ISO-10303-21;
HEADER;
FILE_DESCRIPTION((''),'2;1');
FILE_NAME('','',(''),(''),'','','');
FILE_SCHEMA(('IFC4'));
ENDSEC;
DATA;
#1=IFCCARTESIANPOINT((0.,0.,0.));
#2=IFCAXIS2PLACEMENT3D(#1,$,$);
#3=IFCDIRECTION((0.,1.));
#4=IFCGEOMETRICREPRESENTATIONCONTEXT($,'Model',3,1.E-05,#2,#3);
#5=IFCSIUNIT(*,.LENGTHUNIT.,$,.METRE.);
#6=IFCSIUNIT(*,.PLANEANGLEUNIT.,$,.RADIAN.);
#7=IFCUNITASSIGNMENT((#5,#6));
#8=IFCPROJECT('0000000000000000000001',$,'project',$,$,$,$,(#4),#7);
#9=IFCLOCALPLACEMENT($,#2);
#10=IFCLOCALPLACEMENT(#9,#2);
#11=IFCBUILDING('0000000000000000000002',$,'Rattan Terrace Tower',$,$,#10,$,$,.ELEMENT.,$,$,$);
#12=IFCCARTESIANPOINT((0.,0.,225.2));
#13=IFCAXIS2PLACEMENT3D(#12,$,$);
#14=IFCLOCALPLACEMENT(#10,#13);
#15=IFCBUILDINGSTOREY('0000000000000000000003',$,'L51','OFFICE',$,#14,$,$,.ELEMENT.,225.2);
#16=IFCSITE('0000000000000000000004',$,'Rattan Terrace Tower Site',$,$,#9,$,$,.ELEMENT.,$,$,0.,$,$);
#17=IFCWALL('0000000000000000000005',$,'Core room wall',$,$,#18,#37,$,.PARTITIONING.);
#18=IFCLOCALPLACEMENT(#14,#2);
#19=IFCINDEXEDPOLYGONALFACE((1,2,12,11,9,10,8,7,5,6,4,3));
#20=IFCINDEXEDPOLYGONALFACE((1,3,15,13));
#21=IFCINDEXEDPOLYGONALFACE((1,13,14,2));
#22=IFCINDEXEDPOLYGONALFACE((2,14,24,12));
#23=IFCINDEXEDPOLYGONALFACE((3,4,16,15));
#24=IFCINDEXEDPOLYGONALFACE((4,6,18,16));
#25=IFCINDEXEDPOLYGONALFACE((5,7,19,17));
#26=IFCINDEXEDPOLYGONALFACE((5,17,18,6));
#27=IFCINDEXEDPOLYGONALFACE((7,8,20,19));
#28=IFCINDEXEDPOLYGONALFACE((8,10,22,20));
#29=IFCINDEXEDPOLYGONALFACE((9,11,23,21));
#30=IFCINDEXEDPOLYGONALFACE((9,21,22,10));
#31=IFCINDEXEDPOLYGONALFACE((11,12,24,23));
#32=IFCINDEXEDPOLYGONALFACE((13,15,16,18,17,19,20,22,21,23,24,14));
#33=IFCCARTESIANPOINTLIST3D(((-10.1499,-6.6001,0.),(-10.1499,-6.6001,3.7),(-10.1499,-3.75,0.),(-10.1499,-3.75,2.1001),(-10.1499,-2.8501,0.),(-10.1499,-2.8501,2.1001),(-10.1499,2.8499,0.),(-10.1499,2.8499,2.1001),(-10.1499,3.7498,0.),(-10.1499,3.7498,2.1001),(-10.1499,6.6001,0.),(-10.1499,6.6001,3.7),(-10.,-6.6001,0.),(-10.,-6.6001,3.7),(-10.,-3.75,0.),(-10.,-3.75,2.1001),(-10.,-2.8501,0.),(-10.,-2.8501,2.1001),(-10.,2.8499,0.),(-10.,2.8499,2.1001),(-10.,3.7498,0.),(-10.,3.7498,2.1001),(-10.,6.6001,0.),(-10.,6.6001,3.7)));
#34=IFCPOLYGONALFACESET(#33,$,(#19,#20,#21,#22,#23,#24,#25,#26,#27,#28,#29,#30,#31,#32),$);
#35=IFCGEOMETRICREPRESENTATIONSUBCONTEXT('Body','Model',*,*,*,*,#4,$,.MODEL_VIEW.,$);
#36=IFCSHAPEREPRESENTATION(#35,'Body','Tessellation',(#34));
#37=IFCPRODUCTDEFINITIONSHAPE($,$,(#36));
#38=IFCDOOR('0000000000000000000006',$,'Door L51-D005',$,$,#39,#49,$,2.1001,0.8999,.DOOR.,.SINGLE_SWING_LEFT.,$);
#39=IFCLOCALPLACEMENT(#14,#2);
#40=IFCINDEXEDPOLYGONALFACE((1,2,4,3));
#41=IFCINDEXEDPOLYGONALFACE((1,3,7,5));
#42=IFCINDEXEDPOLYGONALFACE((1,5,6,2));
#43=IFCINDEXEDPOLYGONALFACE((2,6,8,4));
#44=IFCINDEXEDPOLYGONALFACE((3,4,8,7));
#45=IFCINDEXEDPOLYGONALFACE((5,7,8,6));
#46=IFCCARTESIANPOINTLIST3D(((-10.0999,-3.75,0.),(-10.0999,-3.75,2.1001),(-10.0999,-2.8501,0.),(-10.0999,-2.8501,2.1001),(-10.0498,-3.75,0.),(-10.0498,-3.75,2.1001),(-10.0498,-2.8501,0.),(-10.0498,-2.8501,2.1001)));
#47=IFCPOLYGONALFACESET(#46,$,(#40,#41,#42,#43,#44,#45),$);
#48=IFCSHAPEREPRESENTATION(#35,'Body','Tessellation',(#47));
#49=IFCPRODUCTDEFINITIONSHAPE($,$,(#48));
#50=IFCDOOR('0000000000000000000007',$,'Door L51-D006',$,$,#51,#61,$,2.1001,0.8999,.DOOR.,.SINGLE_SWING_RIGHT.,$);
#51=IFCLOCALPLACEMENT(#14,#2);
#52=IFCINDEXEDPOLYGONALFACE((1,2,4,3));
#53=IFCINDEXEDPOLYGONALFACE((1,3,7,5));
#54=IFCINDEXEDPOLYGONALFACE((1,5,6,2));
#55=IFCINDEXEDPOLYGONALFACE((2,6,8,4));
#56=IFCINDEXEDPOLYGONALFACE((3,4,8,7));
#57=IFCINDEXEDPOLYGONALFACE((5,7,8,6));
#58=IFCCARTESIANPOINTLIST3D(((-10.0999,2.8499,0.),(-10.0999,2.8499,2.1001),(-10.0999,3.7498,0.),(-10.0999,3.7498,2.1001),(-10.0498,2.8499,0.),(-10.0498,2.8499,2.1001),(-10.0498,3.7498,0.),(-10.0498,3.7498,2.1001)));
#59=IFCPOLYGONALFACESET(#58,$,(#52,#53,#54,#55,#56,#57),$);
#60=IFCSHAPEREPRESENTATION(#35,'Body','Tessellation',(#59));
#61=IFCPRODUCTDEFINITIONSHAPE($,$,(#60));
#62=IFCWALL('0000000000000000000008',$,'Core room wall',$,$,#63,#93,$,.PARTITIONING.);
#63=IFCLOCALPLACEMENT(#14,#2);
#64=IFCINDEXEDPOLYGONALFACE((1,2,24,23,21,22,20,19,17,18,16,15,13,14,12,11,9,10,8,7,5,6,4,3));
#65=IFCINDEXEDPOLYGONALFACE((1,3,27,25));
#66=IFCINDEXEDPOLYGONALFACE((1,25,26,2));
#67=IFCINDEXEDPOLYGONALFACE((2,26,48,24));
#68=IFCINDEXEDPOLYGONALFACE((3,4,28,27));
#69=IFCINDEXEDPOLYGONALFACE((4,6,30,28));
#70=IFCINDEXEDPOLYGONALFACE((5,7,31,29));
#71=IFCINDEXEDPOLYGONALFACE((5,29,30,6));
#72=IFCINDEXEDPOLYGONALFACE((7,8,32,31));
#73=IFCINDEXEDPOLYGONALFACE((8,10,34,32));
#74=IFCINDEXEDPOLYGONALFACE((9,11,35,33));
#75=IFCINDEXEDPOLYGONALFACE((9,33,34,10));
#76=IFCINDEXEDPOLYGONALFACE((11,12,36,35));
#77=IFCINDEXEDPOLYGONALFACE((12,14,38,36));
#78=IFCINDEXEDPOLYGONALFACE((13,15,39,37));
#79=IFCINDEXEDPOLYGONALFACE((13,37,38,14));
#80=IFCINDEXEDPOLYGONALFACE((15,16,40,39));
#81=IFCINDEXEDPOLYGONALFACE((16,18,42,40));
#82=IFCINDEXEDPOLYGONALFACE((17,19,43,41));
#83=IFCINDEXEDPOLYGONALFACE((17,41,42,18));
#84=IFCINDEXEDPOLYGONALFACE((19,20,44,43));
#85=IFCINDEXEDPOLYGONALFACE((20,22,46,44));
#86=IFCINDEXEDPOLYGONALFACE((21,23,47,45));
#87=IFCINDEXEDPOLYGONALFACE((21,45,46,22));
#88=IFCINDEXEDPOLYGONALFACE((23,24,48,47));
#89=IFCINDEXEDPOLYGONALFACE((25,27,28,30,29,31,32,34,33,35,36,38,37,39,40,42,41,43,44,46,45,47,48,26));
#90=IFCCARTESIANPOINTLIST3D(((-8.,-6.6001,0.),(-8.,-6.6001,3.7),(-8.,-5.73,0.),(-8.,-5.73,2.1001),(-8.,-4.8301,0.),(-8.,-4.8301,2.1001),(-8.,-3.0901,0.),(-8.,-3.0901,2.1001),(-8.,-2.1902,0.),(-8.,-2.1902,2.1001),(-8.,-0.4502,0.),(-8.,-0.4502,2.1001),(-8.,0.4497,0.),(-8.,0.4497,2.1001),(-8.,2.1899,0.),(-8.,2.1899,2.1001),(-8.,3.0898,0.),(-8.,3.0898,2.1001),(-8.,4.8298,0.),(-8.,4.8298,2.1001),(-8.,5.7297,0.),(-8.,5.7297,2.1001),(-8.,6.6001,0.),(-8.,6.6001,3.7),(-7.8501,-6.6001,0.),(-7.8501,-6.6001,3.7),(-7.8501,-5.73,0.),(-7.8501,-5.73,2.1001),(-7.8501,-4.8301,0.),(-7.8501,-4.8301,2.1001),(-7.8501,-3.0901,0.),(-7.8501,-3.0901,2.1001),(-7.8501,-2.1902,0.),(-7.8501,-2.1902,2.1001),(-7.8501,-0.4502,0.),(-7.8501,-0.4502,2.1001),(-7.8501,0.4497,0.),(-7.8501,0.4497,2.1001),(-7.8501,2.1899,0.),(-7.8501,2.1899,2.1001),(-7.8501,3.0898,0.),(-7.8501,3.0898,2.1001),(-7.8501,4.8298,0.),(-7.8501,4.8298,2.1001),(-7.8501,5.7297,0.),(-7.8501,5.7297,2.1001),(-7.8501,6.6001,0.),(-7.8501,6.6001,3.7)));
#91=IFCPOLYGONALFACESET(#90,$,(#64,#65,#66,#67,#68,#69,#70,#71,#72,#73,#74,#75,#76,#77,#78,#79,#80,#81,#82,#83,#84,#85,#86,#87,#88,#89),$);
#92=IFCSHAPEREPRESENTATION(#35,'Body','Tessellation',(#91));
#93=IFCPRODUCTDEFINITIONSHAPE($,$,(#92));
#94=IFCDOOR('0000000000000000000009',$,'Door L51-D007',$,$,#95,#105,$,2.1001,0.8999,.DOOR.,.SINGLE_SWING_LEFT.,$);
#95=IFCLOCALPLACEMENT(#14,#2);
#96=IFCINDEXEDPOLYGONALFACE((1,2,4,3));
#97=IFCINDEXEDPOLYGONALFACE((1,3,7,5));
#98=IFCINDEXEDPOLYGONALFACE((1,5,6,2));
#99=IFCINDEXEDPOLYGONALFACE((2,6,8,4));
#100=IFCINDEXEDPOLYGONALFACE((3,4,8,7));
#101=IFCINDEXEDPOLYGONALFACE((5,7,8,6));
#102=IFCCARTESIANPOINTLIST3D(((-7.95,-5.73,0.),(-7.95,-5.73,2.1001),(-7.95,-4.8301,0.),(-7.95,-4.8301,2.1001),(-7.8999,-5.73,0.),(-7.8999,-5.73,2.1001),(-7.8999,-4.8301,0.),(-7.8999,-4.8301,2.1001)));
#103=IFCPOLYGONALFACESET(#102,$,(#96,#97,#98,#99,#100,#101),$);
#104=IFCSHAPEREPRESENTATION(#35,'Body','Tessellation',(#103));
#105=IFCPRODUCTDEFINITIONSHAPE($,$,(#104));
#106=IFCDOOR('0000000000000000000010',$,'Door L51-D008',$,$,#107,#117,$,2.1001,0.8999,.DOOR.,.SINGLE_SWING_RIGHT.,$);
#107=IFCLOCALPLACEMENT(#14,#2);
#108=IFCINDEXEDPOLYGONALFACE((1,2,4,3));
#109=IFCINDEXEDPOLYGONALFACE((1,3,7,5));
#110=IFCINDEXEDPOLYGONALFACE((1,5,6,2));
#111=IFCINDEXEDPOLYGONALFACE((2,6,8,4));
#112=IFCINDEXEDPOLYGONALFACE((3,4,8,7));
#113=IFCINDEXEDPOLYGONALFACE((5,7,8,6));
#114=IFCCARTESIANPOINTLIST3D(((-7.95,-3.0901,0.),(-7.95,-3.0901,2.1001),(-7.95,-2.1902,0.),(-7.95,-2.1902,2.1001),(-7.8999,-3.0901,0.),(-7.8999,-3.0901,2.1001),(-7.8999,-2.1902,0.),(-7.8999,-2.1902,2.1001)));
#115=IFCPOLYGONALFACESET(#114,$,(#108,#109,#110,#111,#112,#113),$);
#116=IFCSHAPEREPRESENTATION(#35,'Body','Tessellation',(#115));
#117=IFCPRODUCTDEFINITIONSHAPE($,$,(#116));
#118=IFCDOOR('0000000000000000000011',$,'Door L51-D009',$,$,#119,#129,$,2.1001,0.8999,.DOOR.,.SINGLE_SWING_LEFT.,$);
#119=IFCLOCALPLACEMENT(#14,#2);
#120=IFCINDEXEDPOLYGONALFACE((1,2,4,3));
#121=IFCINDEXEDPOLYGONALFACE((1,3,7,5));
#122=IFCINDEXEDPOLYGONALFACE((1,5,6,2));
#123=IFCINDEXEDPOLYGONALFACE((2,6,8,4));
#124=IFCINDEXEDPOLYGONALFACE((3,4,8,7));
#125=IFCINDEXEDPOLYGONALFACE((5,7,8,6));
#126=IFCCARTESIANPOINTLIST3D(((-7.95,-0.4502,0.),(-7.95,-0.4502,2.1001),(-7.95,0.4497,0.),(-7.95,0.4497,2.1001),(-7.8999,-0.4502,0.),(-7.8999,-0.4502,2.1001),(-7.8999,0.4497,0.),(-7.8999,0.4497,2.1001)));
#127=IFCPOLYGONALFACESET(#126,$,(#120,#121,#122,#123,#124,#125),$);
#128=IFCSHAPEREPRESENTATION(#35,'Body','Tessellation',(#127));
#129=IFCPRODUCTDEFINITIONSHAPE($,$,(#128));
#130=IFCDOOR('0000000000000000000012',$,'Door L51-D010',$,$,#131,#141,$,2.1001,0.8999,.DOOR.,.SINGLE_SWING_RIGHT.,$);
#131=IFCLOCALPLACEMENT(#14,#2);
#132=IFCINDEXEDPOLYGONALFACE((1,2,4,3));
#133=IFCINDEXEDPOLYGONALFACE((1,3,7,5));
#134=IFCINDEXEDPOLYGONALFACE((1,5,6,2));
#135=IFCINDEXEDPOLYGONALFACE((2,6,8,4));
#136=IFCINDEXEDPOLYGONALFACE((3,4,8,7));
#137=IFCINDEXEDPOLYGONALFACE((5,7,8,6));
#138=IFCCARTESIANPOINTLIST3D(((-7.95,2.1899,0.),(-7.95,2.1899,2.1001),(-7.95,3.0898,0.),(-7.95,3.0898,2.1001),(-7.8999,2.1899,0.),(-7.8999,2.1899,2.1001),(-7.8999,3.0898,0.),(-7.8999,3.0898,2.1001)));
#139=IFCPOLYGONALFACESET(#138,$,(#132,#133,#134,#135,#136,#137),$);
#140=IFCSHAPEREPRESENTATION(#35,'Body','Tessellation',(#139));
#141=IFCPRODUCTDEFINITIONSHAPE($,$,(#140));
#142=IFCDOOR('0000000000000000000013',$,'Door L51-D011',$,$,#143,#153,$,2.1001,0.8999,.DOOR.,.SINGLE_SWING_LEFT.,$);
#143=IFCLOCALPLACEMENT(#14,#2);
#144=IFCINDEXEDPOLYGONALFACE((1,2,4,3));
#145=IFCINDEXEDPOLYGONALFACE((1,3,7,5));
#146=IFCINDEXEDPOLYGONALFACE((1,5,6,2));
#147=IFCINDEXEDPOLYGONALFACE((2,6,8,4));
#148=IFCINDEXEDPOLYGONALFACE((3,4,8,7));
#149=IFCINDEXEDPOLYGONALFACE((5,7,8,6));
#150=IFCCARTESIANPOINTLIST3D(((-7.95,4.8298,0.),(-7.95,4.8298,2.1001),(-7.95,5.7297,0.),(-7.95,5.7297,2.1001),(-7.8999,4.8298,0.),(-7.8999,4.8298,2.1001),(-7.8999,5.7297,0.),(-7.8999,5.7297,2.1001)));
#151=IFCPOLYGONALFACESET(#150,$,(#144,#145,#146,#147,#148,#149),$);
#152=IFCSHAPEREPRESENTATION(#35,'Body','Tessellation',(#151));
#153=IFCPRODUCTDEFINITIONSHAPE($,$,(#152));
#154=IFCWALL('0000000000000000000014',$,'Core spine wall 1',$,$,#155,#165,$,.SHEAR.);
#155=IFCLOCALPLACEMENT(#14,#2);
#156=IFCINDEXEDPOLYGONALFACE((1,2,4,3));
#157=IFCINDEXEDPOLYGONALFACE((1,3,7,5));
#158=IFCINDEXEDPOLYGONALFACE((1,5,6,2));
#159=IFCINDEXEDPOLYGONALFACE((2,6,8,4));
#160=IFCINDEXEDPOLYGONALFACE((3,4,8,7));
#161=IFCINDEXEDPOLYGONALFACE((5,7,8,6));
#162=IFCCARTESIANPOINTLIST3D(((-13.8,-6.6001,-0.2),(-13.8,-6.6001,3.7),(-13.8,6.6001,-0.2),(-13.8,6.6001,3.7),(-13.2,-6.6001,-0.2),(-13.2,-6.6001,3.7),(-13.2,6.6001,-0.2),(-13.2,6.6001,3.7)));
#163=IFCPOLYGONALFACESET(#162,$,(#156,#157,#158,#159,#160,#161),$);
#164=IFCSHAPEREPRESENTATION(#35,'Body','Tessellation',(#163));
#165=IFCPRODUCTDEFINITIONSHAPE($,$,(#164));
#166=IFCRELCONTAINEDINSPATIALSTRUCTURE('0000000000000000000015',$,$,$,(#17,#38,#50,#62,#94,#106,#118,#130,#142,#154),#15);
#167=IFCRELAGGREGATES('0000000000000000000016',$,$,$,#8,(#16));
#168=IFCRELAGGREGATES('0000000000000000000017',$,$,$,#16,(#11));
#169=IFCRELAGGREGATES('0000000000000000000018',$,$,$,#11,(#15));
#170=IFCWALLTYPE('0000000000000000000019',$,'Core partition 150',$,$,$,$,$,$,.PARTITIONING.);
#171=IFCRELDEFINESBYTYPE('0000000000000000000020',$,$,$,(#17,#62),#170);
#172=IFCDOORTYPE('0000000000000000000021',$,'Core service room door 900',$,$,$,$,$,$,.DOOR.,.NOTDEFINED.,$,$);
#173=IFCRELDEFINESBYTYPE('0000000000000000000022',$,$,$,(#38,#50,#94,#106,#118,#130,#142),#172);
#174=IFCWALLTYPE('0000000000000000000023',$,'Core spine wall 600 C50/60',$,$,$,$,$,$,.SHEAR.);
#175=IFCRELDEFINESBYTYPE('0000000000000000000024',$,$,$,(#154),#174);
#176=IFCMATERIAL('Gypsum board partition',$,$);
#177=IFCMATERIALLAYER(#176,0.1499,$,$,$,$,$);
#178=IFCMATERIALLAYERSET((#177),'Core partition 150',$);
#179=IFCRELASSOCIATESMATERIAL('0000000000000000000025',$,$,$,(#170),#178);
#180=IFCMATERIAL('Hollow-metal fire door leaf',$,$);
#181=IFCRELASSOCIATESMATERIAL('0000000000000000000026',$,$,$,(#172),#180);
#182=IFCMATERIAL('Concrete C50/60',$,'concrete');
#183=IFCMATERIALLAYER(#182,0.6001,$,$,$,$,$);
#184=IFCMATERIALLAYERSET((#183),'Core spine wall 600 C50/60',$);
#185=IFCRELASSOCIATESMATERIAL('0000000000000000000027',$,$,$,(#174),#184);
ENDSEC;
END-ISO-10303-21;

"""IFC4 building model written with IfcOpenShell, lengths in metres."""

from ifc_helpers import new_model, si_unit, direction, frame, frame_2d, origin, place, context, subcontext, project, spatial, rectangle, extrude, material, layer, layer_set, type_object, element, fill, save


model = new_model("IFC4")

# Units and contexts
model_context = context("Model", 3, precision=1e-05, world=origin(), true_north=direction((0.0, 1.0)))
body_context = subcontext(model_context, "Body", "Model", "MODEL_VIEW")
ifc_project = project(units=[si_unit("LENGTHUNIT", "METRE"), si_unit("PLANEANGLEUNIT", "RADIAN")], contexts=[model_context])

# Site, building, storey
site_placement = place(None, origin())
site = spatial("IfcSite", under=ifc_project, at=site_placement, Name="Rattan Terrace Tower Site", CompositionType="ELEMENT", RefElevation=0.0)
building_placement = place(site_placement, origin())
building = spatial("IfcBuilding", under=site, at=building_placement, Name="Rattan Terrace Tower", CompositionType="ELEMENT")
storey_placement = place(building_placement, frame((0.0, 0.0, 225.2)))
storey = spatial("IfcBuildingStorey", under=building, at=storey_placement, Name="L51", Description="OFFICE", CompositionType="ELEMENT", Elevation=225.2)

# Walls, openings, doors
ifc_material_1 = material(Name="Gypsum board partition")
ifc_layer_1 = layer(ifc_material_1, 0.1499)
ifc_layer_set_1 = layer_set([ifc_layer_1], Name="Core partition 150")
wall_type_1 = type_object("IfcWallType", Name="Core partition 150", PredefinedType="PARTITIONING", material=ifc_layer_set_1)
wall_1_placement = place(storey_placement, frame((-10.075, -6.6001, 0.0), z_axis=(0.0, 0.0, 1.0), x_axis=(0.0, 1.0, 0.0)))
wall_1 = element("IfcWall", 1, at=wall_1_placement, inside=storey, type_object=wall_type_1, Name="Core room wall", PredefinedType="PARTITIONING", context=body_context, shape_type="SweptSolid", body=[
    extrude(rectangle(XDim=13.2002, YDim=0.1499, at=frame_2d((6.6001, 0.0))), origin(), (0.0, 0.0, 1.0), 3.7),
])
opening_1_placement = place(wall_1_placement, frame((2.8501, 0.0, 0.0)))
opening_1 = element("IfcOpeningElement", 2, at=opening_1_placement, cuts=wall_1, PredefinedType="OPENING", context=body_context, shape_type="SweptSolid", body=[
    extrude(rectangle(XDim=0.8999, YDim=2.1001, at=frame_2d((0.45, 1.05))), frame((0.0, 0.0854, 0.0), z_axis=(0.0, -1.0, 0.0), x_axis=(1.0, 0.0, 0.0)), (0.0, 0.0, 1.0), 0.1709),
])
opening_2_placement = place(wall_1_placement, frame((9.45, 0.0, 0.0)))
opening_2 = element("IfcOpeningElement", 3, at=opening_2_placement, cuts=wall_1, PredefinedType="OPENING", context=body_context, shape_type="SweptSolid", body=[
    extrude(rectangle(XDim=0.8999, YDim=2.1001, at=frame_2d((0.45, 1.05))), frame((0.0, 0.0854, 0.0), z_axis=(0.0, -1.0, 0.0), x_axis=(1.0, 0.0, 0.0)), (0.0, 0.0, 1.0), 0.1709),
])
ifc_material_2 = material(Name="Hollow-metal fire door leaf")
door_type_1 = type_object("IfcDoorType", Name="Core service room door 900", OperationType="NOTDEFINED", PredefinedType="DOOR", material=ifc_material_2)
door_1_placement = place(opening_1_placement, origin())
door_1 = element("IfcDoor", 4, at=door_1_placement, inside=storey, type_object=door_type_1, Name="Door L51-D005", OperationType="SINGLE_SWING_LEFT", OverallHeight=2.1001, OverallWidth=0.8999, PredefinedType="DOOR", context=body_context, shape_type="SweptSolid", body=[
    extrude(rectangle(XDim=0.8999, YDim=2.1001, at=frame_2d((0.45, 1.05))), frame((0.0, 0.0249, 0.0), z_axis=(0.0, -1.0, 0.0), x_axis=(1.0, 0.0, 0.0)), (0.0, 0.0, 1.0), 0.05),
])
fill(opening_1, door_1)
door_2_placement = place(opening_2_placement, origin())
door_2 = element("IfcDoor", 5, at=door_2_placement, inside=storey, type_object=door_type_1, Name="Door L51-D006", OperationType="SINGLE_SWING_RIGHT", OverallHeight=2.1001, OverallWidth=0.8999, PredefinedType="DOOR", context=body_context, shape_type="SweptSolid", body=[
    extrude(rectangle(XDim=0.8999, YDim=2.1001, at=frame_2d((0.45, 1.05))), frame((0.0, 0.0249, 0.0), z_axis=(0.0, -1.0, 0.0), x_axis=(1.0, 0.0, 0.0)), (0.0, 0.0, 1.0), 0.05),
])
fill(opening_2, door_2)
wall_2_placement = place(storey_placement, frame((-7.925, -6.6001, 0.0), z_axis=(0.0, 0.0, 1.0), x_axis=(0.0, 1.0, 0.0)))
wall_2 = element("IfcWall", 6, at=wall_2_placement, inside=storey, type_object=wall_type_1, Name="Core room wall", PredefinedType="PARTITIONING", context=body_context, shape_type="SweptSolid", body=[
    extrude(rectangle(XDim=13.2002, YDim=0.1499, at=frame_2d((6.6001, 0.0))), origin(), (0.0, 0.0, 1.0), 3.7),
])
opening_3_placement = place(wall_2_placement, frame((0.8701, 0.0, 0.0)))
opening_3 = element("IfcOpeningElement", 7, at=opening_3_placement, cuts=wall_2, PredefinedType="OPENING", context=body_context, shape_type="SweptSolid", body=[
    extrude(rectangle(XDim=0.8999, YDim=2.1001, at=frame_2d((0.45, 1.05))), frame((0.0, 0.0854, 0.0), z_axis=(0.0, -1.0, 0.0), x_axis=(1.0, 0.0, 0.0)), (0.0, 0.0, 1.0), 0.1709),
])
opening_4_placement = place(wall_2_placement, frame((3.51, 0.0, 0.0)))
opening_4 = element("IfcOpeningElement", 8, at=opening_4_placement, cuts=wall_2, PredefinedType="OPENING", context=body_context, shape_type="SweptSolid", body=[
    extrude(rectangle(XDim=0.8999, YDim=2.1001, at=frame_2d((0.45, 1.05))), frame((0.0, 0.0854, 0.0), z_axis=(0.0, -1.0, 0.0), x_axis=(1.0, 0.0, 0.0)), (0.0, 0.0, 1.0), 0.1709),
])
opening_5_placement = place(wall_2_placement, frame((6.1499, 0.0, 0.0)))
opening_5 = element("IfcOpeningElement", 9, at=opening_5_placement, cuts=wall_2, PredefinedType="OPENING", context=body_context, shape_type="SweptSolid", body=[
    extrude(rectangle(XDim=0.8999, YDim=2.1001, at=frame_2d((0.45, 1.05))), frame((0.0, 0.0854, 0.0), z_axis=(0.0, -1.0, 0.0), x_axis=(1.0, 0.0, 0.0)), (0.0, 0.0, 1.0), 0.1709),
])
opening_6_placement = place(wall_2_placement, frame((8.79, 0.0, 0.0)))
opening_6 = element("IfcOpeningElement", 10, at=opening_6_placement, cuts=wall_2, PredefinedType="OPENING", context=body_context, shape_type="SweptSolid", body=[
    extrude(rectangle(XDim=0.8999, YDim=2.1001, at=frame_2d((0.45, 1.05))), frame((0.0, 0.0854, 0.0), z_axis=(0.0, -1.0, 0.0), x_axis=(1.0, 0.0, 0.0)), (0.0, 0.0, 1.0), 0.1709),
])
opening_7_placement = place(wall_2_placement, frame((11.4299, 0.0, 0.0)))
opening_7 = element("IfcOpeningElement", 11, at=opening_7_placement, cuts=wall_2, PredefinedType="OPENING", context=body_context, shape_type="SweptSolid", body=[
    extrude(rectangle(XDim=0.8999, YDim=2.1001, at=frame_2d((0.45, 1.05))), frame((0.0, 0.0854, 0.0), z_axis=(0.0, -1.0, 0.0), x_axis=(1.0, 0.0, 0.0)), (0.0, 0.0, 1.0), 0.1709),
])
door_3_placement = place(opening_3_placement, origin())
door_3 = element("IfcDoor", 12, at=door_3_placement, inside=storey, type_object=door_type_1, Name="Door L51-D007", OperationType="SINGLE_SWING_LEFT", OverallHeight=2.1001, OverallWidth=0.8999, PredefinedType="DOOR", context=body_context, shape_type="SweptSolid", body=[
    extrude(rectangle(XDim=0.8999, YDim=2.1001, at=frame_2d((0.45, 1.05))), frame((0.0, 0.0249, 0.0), z_axis=(0.0, -1.0, 0.0), x_axis=(1.0, 0.0, 0.0)), (0.0, 0.0, 1.0), 0.05),
])
fill(opening_3, door_3)
door_4_placement = place(opening_4_placement, origin())
door_4 = element("IfcDoor", 13, at=door_4_placement, inside=storey, type_object=door_type_1, Name="Door L51-D008", OperationType="SINGLE_SWING_RIGHT", OverallHeight=2.1001, OverallWidth=0.8999, PredefinedType="DOOR", context=body_context, shape_type="SweptSolid", body=[
    extrude(rectangle(XDim=0.8999, YDim=2.1001, at=frame_2d((0.45, 1.05))), frame((0.0, 0.0249, 0.0), z_axis=(0.0, -1.0, 0.0), x_axis=(1.0, 0.0, 0.0)), (0.0, 0.0, 1.0), 0.05),
])
fill(opening_4, door_4)
door_5_placement = place(opening_5_placement, origin())
door_5 = element("IfcDoor", 14, at=door_5_placement, inside=storey, type_object=door_type_1, Name="Door L51-D009", OperationType="SINGLE_SWING_LEFT", OverallHeight=2.1001, OverallWidth=0.8999, PredefinedType="DOOR", context=body_context, shape_type="SweptSolid", body=[
    extrude(rectangle(XDim=0.8999, YDim=2.1001, at=frame_2d((0.45, 1.05))), frame((0.0, 0.0249, 0.0), z_axis=(0.0, -1.0, 0.0), x_axis=(1.0, 0.0, 0.0)), (0.0, 0.0, 1.0), 0.05),
])
fill(opening_5, door_5)
door_6_placement = place(opening_6_placement, origin())
door_6 = element("IfcDoor", 15, at=door_6_placement, inside=storey, type_object=door_type_1, Name="Door L51-D010", OperationType="SINGLE_SWING_RIGHT", OverallHeight=2.1001, OverallWidth=0.8999, PredefinedType="DOOR", context=body_context, shape_type="SweptSolid", body=[
    extrude(rectangle(XDim=0.8999, YDim=2.1001, at=frame_2d((0.45, 1.05))), frame((0.0, 0.0249, 0.0), z_axis=(0.0, -1.0, 0.0), x_axis=(1.0, 0.0, 0.0)), (0.0, 0.0, 1.0), 0.05),
])
fill(opening_6, door_6)
door_7_placement = place(opening_7_placement, origin())
door_7 = element("IfcDoor", 16, at=door_7_placement, inside=storey, type_object=door_type_1, Name="Door L51-D011", OperationType="SINGLE_SWING_LEFT", OverallHeight=2.1001, OverallWidth=0.8999, PredefinedType="DOOR", context=body_context, shape_type="SweptSolid", body=[
    extrude(rectangle(XDim=0.8999, YDim=2.1001, at=frame_2d((0.45, 1.05))), frame((0.0, 0.0249, 0.0), z_axis=(0.0, -1.0, 0.0), x_axis=(1.0, 0.0, 0.0)), (0.0, 0.0, 1.0), 0.05),
])
fill(opening_7, door_7)

# Wall
ifc_material_3 = material(Name="Concrete C50/60", Category="concrete")
ifc_layer_2 = layer(ifc_material_3, 0.6001)
ifc_layer_set_2 = layer_set([ifc_layer_2], Name="Core spine wall 600 C50/60")
wall_type_2 = type_object("IfcWallType", Name="Core spine wall 600 C50/60", PredefinedType="SHEAR", material=ifc_layer_set_2)
wall_3_placement = place(storey_placement, frame((-13.5, -6.6001, -0.2), z_axis=(0.0, 0.0, 1.0), x_axis=(0.0, 1.0, 0.0)))
element("IfcWall", 17, at=wall_3_placement, inside=storey, type_object=wall_type_2, Name="Core spine wall 1", PredefinedType="SHEAR", context=body_context, shape_type="SweptSolid", body=[
    extrude(rectangle(XDim=13.2002, YDim=0.6001, at=frame_2d((6.6001, 0.0))), origin(), (0.0, 0.0, 1.0), 3.8999),
])

save(model, "model.ifc")
